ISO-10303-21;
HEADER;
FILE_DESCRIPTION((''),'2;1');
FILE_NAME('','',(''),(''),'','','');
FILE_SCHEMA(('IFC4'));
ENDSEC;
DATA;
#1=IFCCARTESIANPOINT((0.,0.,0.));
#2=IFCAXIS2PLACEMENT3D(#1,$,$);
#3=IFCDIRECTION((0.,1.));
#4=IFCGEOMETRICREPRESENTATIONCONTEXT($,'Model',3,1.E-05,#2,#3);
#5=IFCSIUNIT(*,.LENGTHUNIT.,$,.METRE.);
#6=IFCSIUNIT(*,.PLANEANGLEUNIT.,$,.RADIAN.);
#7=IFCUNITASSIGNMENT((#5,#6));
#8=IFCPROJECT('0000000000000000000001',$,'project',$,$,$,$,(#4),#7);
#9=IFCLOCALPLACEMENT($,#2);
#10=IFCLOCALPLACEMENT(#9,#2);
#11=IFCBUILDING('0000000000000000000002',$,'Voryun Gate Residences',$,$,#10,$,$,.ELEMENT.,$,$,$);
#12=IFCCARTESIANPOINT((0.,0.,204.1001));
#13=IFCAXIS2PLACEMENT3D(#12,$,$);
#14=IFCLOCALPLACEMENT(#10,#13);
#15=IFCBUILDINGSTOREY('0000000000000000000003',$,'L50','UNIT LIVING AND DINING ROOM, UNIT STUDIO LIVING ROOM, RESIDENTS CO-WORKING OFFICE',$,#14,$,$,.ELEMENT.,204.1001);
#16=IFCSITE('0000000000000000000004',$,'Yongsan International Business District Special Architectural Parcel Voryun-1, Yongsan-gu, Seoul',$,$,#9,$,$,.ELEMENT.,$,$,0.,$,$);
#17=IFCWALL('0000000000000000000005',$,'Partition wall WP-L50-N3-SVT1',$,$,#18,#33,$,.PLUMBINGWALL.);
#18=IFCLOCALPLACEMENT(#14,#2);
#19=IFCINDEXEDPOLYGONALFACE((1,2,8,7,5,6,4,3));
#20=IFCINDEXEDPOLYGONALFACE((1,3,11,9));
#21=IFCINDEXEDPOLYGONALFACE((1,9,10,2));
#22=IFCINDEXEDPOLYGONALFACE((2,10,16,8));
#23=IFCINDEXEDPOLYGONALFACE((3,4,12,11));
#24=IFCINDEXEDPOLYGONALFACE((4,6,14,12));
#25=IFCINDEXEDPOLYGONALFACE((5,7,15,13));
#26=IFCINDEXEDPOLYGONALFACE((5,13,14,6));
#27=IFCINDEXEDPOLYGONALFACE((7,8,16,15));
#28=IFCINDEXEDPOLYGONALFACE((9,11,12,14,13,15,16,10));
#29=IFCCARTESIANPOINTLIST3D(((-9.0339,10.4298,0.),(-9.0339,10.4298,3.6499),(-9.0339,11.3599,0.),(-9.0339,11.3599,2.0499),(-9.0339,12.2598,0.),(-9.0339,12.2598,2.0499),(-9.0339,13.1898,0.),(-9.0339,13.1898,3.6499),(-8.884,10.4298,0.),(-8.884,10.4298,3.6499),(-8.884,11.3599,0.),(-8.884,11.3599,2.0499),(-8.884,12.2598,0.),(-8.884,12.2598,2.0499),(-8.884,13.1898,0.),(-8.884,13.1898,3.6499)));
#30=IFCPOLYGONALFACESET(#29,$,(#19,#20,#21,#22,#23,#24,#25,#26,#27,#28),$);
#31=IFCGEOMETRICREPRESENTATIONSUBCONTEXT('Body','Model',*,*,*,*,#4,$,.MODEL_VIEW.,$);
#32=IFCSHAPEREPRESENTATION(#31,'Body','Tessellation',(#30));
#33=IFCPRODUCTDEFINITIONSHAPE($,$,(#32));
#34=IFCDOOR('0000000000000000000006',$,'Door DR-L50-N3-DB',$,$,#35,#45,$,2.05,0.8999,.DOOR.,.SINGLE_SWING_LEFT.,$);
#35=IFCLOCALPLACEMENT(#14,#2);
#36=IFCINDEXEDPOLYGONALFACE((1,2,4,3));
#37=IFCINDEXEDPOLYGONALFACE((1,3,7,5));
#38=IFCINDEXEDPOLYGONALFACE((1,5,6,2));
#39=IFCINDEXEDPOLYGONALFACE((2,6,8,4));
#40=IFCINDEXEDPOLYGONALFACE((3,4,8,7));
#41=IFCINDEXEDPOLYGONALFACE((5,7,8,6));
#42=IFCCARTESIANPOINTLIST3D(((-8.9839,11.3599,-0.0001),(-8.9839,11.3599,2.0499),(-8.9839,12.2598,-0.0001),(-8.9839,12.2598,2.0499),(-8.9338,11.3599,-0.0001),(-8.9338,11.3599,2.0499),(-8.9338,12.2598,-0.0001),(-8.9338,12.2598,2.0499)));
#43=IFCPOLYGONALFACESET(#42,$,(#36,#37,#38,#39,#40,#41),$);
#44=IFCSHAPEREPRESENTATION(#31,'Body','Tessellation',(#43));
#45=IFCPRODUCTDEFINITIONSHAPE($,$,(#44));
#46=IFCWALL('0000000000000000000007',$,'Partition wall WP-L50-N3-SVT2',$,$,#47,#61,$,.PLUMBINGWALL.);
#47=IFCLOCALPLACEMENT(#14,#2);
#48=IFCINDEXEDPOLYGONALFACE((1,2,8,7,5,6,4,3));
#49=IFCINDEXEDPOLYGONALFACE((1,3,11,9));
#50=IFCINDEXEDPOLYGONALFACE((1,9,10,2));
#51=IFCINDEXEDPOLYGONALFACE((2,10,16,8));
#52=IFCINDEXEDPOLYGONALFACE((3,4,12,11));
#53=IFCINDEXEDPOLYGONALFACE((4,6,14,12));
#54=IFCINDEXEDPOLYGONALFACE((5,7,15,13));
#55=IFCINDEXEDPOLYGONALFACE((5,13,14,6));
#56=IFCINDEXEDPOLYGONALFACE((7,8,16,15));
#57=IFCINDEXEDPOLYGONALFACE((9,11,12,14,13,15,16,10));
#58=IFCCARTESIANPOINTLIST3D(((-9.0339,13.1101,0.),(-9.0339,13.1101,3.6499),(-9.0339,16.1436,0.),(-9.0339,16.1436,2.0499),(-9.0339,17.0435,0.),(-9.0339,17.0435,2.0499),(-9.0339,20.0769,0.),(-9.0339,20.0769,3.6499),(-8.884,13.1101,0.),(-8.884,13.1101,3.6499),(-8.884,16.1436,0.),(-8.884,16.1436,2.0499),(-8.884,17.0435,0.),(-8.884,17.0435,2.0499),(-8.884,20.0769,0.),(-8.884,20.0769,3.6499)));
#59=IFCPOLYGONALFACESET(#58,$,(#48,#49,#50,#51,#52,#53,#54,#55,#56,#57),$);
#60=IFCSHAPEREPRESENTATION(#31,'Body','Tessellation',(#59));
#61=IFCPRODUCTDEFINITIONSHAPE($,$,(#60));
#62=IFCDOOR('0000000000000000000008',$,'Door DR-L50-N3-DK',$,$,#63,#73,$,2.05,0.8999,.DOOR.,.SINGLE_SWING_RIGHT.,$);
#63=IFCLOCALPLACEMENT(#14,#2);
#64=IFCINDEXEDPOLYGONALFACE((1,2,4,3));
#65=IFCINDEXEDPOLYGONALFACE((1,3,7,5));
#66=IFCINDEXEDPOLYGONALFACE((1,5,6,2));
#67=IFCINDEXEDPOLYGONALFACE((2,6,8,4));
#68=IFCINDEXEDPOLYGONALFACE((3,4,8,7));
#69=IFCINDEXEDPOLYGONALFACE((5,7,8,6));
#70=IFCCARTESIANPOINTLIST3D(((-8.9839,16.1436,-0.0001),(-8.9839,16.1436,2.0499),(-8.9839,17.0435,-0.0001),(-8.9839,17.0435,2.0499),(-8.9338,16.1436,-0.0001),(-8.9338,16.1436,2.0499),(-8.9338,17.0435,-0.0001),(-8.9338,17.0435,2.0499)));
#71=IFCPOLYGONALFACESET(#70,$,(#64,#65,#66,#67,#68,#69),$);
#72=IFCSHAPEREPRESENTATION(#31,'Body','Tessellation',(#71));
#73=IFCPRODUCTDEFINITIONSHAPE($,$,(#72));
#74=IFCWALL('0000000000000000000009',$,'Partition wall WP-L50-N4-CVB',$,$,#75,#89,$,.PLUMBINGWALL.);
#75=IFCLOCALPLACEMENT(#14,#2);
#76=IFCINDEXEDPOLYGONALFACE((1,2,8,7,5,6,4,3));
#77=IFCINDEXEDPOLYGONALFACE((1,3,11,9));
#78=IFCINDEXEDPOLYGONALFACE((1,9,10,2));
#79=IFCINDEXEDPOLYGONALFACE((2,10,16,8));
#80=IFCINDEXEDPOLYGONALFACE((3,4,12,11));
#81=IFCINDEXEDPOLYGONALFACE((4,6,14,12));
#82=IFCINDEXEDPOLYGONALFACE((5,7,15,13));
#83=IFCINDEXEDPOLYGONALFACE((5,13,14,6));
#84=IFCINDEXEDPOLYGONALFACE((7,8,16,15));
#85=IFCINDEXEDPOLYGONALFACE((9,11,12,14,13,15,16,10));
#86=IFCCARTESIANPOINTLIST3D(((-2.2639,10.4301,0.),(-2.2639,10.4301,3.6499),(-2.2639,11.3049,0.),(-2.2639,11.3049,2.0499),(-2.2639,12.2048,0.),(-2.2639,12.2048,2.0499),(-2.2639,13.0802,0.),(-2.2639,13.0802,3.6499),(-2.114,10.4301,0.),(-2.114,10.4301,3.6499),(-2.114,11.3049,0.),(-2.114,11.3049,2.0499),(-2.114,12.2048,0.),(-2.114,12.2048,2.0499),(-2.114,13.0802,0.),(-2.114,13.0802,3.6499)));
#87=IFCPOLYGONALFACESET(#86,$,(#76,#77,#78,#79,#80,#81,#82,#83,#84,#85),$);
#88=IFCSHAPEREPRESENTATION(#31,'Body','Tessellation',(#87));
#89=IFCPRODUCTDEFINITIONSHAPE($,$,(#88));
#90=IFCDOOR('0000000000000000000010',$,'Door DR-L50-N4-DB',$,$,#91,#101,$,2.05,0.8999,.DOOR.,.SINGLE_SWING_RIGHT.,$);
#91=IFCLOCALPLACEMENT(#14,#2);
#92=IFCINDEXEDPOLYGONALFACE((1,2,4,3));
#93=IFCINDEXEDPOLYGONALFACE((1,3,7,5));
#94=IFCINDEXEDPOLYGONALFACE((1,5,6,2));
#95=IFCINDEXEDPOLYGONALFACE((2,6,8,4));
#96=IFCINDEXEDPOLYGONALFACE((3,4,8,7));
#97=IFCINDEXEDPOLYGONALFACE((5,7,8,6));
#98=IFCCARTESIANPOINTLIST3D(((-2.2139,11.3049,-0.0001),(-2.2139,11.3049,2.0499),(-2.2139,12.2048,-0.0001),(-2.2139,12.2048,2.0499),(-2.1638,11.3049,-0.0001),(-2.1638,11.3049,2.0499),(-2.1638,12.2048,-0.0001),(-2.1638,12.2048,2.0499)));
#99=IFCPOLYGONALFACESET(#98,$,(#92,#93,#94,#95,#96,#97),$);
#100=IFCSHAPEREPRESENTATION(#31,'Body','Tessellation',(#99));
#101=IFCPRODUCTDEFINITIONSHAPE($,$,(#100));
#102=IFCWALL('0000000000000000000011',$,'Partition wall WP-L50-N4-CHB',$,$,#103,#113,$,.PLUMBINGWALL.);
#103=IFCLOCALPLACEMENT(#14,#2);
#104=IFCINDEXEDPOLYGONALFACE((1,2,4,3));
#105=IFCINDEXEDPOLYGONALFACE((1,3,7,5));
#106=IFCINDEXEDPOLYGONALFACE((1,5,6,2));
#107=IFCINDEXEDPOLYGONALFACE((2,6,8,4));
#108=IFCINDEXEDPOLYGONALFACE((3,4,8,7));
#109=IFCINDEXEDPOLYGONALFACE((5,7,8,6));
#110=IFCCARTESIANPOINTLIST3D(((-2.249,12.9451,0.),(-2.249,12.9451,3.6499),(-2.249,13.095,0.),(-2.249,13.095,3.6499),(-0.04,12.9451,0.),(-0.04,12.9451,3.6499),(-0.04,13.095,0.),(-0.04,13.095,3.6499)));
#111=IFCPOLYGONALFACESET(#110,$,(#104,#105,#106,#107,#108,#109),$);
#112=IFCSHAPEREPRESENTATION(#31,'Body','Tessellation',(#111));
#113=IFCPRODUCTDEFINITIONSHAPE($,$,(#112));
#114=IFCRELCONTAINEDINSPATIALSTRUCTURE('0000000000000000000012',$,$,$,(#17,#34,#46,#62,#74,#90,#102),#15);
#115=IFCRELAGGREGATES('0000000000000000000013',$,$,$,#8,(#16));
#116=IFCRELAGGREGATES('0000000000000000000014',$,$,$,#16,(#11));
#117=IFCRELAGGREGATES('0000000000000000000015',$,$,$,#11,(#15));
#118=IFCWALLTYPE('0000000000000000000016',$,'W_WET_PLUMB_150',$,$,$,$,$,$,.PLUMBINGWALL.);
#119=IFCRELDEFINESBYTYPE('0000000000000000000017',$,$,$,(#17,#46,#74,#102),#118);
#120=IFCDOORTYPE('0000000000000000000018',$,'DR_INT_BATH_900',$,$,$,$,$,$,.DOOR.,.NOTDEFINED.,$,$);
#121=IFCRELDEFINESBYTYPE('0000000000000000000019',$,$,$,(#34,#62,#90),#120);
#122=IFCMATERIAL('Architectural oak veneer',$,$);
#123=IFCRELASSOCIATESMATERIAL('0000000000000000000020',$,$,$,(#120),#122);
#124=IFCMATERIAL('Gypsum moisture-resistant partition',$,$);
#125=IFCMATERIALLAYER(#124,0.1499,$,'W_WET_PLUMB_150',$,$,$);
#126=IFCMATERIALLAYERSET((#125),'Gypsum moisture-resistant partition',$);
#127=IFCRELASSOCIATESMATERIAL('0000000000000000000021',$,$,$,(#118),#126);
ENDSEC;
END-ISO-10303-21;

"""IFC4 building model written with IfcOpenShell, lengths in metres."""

from ifc_helpers import new_model, si_unit, direction, frame, frame_2d, origin, place, context, subcontext, project, spatial, rectangle, extrude, material, layer, layer_set, type_object, element, fill, save


model = new_model("IFC4")

# Units and contexts
model_context = context("Model", 3, precision=1e-05, world=origin(), true_north=direction((0.0, 1.0)))
body_context = subcontext(model_context, "Body", "Model", "MODEL_VIEW")
ifc_project = project(units=[si_unit("LENGTHUNIT", "METRE"), si_unit("PLANEANGLEUNIT", "RADIAN")], contexts=[model_context])

# Site, building, storey
site_placement = place(None, origin())
site = spatial("IfcSite", under=ifc_project, at=site_placement, Name="Yongsan International Business District Special Architectural Parcel Voryun-1, Yongsan-gu, Seoul", CompositionType="ELEMENT", RefElevation=0.0)
building_placement = place(site_placement, origin())
building = spatial("IfcBuilding", under=site, at=building_placement, Name="Voryun Gate Residences", CompositionType="ELEMENT")
storey_placement = place(building_placement, frame((0.0, 0.0, 204.1001)))
storey = spatial("IfcBuildingStorey", under=building, at=storey_placement, Name="L50", Description="UNIT LIVING AND DINING ROOM, UNIT STUDIO LIVING ROOM, RESIDENTS CO-WORKING OFFICE", CompositionType="ELEMENT", Elevation=204.1001)

# Shared definitions
ifc_material_1 = material(Name="Architectural oak veneer")
door_type_1 = type_object("IfcDoorType", Name="DR_INT_BATH_900", OperationType="NOTDEFINED", PredefinedType="DOOR", material=ifc_material_1)

# Shared definitions
ifc_material_2 = material(Name="Gypsum moisture-resistant partition")
ifc_layer_1 = layer(ifc_material_2, 0.1499, Name="W_WET_PLUMB_150")
ifc_layer_set_1 = layer_set([ifc_layer_1], Name="Gypsum moisture-resistant partition")
wall_type_1 = type_object("IfcWallType", Name="W_WET_PLUMB_150", PredefinedType="PLUMBINGWALL", material=ifc_layer_set_1)

# Walls, openings, doors
wall_1_placement = place(storey_placement, frame((-8.959, 10.4299, 0.0), z_axis=(0.0, 0.0, 1.0), x_axis=(0.0, 1.0, 0.0)))
wall_1 = element("IfcWall", 1, at=wall_1_placement, inside=storey, type_object=wall_type_1, Name="Partition wall WP-L50-N3-SVT1", PredefinedType="PLUMBINGWALL", context=body_context, shape_type="SweptSolid", body=[
    extrude(rectangle(XDim=2.76, YDim=0.1499, at=frame_2d((1.3799, 0.0))), origin(), (0.0, 0.0, 1.0), 3.6499),
])
opening_1_placement = place(wall_1_placement, frame((0.9299, 0.0, 0.0)))
opening_1 = element("IfcOpeningElement", 2, at=opening_1_placement, cuts=wall_1, PredefinedType="OPENING", context=body_context, shape_type="SweptSolid", body=[
    extrude(rectangle(XDim=0.8999, YDim=2.05, at=frame_2d((0.45, 1.0249))), frame((0.0, 0.085, 0.0), z_axis=(0.0, -1.0, 0.0), x_axis=(1.0, 0.0, 0.0)), (0.0, 0.0, 1.0), 0.1699),
])
door_1_placement = place(opening_1_placement, origin())
door_1 = element("IfcDoor", 3, at=door_1_placement, inside=storey, type_object=door_type_1, Name="Door DR-L50-N3-DB", OperationType="SINGLE_SWING_LEFT", OverallHeight=2.05, OverallWidth=0.8999, PredefinedType="DOOR", context=body_context, shape_type="SweptSolid", body=[
    extrude(rectangle(XDim=0.8999, YDim=2.05, at=frame_2d((0.45, 1.0249))), frame((0.0, 0.0249, 0.0), z_axis=(0.0, -1.0, 0.0), x_axis=(1.0, 0.0, 0.0)), (0.0, 0.0, 1.0), 0.05),
])
fill(opening_1, door_1)
wall_2_placement = place(storey_placement, frame((-8.959, 13.1101, 0.0), z_axis=(0.0, 0.0, 1.0), x_axis=(0.0, 1.0, 0.0)))
wall_2 = element("IfcWall", 4, at=wall_2_placement, inside=storey, type_object=wall_type_1, Name="Partition wall WP-L50-N3-SVT2", PredefinedType="PLUMBINGWALL", context=body_context, shape_type="SweptSolid", body=[
    extrude(rectangle(XDim=6.9668, YDim=0.1499, at=frame_2d((3.4834, 0.0))), origin(), (0.0, 0.0, 1.0), 3.6499),
])
opening_2_placement = place(wall_2_placement, frame((3.0334, 0.0, 0.0)))
opening_2 = element("IfcOpeningElement", 5, at=opening_2_placement, cuts=wall_2, PredefinedType="OPENING", context=body_context, shape_type="SweptSolid", body=[
    extrude(rectangle(XDim=0.8999, YDim=2.05, at=frame_2d((0.45, 1.0249))), frame((0.0, 0.085, 0.0), z_axis=(0.0, -1.0, 0.0), x_axis=(1.0, 0.0, 0.0)), (0.0, 0.0, 1.0), 0.1699),
])
door_2_placement = place(opening_2_placement, origin())
door_2 = element("IfcDoor", 6, at=door_2_placement, inside=storey, type_object=door_type_1, Name="Door DR-L50-N3-DK", OperationType="SINGLE_SWING_RIGHT", OverallHeight=2.05, OverallWidth=0.8999, PredefinedType="DOOR", context=body_context, shape_type="SweptSolid", body=[
    extrude(rectangle(XDim=0.8999, YDim=2.05, at=frame_2d((0.45, 1.0249))), frame((0.0, 0.0249, 0.0), z_axis=(0.0, -1.0, 0.0), x_axis=(1.0, 0.0, 0.0)), (0.0, 0.0, 1.0), 0.05),
])
fill(opening_2, door_2)
wall_3_placement = place(storey_placement, frame((-2.189, 10.4299, 0.0), z_axis=(0.0, 0.0, 1.0), x_axis=(0.0, 1.0, 0.0)))
wall_3 = element("IfcWall", 7, at=wall_3_placement, inside=storey, type_object=wall_type_1, Name="Partition wall WP-L50-N4-CVB", PredefinedType="PLUMBINGWALL", context=body_context, shape_type="SweptSolid", body=[
    extrude(rectangle(XDim=2.6501, YDim=0.1499, at=frame_2d((1.3252, 0.0))), origin(), (0.0, 0.0, 1.0), 3.6499),
])
opening_3_placement = place(wall_3_placement, frame((0.875, 0.0, 0.0)))
opening_3 = element("IfcOpeningElement", 8, at=opening_3_placement, cuts=wall_3, PredefinedType="OPENING", context=body_context, shape_type="SweptSolid", body=[
    extrude(rectangle(XDim=0.8999, YDim=2.05, at=frame_2d((0.45, 1.0249))), frame((0.0, 0.085, 0.0), z_axis=(0.0, -1.0, 0.0), x_axis=(1.0, 0.0, 0.0)), (0.0, 0.0, 1.0), 0.1699),
])
door_3_placement = place(opening_3_placement, origin())
door_3 = element("IfcDoor", 9, at=door_3_placement, inside=storey, type_object=door_type_1, Name="Door DR-L50-N4-DB", OperationType="SINGLE_SWING_RIGHT", OverallHeight=2.05, OverallWidth=0.8999, PredefinedType="DOOR", context=body_context, shape_type="SweptSolid", body=[
    extrude(rectangle(XDim=0.8999, YDim=2.05, at=frame_2d((0.45, 1.0249))), frame((0.0, 0.0249, 0.0), z_axis=(0.0, -1.0, 0.0), x_axis=(1.0, 0.0, 0.0)), (0.0, 0.0, 1.0), 0.05),
])
fill(opening_3, door_3)

# Wall
wall_4_placement = place(storey_placement, frame((-2.249, 13.02, 0.0), z_axis=(0.0, 0.0, 1.0), x_axis=(1.0, 0.0, 0.0)))
element("IfcWall", 10, at=wall_4_placement, inside=storey, type_object=wall_type_1, Name="Partition wall WP-L50-N4-CHB", PredefinedType="PLUMBINGWALL", context=body_context, shape_type="SweptSolid", body=[
    extrude(rectangle(XDim=2.209, YDim=0.1499, at=frame_2d((1.1045, 0.0))), origin(), (0.0, 0.0, 1.0), 3.6499),
])

save(model, "model.ifc")
